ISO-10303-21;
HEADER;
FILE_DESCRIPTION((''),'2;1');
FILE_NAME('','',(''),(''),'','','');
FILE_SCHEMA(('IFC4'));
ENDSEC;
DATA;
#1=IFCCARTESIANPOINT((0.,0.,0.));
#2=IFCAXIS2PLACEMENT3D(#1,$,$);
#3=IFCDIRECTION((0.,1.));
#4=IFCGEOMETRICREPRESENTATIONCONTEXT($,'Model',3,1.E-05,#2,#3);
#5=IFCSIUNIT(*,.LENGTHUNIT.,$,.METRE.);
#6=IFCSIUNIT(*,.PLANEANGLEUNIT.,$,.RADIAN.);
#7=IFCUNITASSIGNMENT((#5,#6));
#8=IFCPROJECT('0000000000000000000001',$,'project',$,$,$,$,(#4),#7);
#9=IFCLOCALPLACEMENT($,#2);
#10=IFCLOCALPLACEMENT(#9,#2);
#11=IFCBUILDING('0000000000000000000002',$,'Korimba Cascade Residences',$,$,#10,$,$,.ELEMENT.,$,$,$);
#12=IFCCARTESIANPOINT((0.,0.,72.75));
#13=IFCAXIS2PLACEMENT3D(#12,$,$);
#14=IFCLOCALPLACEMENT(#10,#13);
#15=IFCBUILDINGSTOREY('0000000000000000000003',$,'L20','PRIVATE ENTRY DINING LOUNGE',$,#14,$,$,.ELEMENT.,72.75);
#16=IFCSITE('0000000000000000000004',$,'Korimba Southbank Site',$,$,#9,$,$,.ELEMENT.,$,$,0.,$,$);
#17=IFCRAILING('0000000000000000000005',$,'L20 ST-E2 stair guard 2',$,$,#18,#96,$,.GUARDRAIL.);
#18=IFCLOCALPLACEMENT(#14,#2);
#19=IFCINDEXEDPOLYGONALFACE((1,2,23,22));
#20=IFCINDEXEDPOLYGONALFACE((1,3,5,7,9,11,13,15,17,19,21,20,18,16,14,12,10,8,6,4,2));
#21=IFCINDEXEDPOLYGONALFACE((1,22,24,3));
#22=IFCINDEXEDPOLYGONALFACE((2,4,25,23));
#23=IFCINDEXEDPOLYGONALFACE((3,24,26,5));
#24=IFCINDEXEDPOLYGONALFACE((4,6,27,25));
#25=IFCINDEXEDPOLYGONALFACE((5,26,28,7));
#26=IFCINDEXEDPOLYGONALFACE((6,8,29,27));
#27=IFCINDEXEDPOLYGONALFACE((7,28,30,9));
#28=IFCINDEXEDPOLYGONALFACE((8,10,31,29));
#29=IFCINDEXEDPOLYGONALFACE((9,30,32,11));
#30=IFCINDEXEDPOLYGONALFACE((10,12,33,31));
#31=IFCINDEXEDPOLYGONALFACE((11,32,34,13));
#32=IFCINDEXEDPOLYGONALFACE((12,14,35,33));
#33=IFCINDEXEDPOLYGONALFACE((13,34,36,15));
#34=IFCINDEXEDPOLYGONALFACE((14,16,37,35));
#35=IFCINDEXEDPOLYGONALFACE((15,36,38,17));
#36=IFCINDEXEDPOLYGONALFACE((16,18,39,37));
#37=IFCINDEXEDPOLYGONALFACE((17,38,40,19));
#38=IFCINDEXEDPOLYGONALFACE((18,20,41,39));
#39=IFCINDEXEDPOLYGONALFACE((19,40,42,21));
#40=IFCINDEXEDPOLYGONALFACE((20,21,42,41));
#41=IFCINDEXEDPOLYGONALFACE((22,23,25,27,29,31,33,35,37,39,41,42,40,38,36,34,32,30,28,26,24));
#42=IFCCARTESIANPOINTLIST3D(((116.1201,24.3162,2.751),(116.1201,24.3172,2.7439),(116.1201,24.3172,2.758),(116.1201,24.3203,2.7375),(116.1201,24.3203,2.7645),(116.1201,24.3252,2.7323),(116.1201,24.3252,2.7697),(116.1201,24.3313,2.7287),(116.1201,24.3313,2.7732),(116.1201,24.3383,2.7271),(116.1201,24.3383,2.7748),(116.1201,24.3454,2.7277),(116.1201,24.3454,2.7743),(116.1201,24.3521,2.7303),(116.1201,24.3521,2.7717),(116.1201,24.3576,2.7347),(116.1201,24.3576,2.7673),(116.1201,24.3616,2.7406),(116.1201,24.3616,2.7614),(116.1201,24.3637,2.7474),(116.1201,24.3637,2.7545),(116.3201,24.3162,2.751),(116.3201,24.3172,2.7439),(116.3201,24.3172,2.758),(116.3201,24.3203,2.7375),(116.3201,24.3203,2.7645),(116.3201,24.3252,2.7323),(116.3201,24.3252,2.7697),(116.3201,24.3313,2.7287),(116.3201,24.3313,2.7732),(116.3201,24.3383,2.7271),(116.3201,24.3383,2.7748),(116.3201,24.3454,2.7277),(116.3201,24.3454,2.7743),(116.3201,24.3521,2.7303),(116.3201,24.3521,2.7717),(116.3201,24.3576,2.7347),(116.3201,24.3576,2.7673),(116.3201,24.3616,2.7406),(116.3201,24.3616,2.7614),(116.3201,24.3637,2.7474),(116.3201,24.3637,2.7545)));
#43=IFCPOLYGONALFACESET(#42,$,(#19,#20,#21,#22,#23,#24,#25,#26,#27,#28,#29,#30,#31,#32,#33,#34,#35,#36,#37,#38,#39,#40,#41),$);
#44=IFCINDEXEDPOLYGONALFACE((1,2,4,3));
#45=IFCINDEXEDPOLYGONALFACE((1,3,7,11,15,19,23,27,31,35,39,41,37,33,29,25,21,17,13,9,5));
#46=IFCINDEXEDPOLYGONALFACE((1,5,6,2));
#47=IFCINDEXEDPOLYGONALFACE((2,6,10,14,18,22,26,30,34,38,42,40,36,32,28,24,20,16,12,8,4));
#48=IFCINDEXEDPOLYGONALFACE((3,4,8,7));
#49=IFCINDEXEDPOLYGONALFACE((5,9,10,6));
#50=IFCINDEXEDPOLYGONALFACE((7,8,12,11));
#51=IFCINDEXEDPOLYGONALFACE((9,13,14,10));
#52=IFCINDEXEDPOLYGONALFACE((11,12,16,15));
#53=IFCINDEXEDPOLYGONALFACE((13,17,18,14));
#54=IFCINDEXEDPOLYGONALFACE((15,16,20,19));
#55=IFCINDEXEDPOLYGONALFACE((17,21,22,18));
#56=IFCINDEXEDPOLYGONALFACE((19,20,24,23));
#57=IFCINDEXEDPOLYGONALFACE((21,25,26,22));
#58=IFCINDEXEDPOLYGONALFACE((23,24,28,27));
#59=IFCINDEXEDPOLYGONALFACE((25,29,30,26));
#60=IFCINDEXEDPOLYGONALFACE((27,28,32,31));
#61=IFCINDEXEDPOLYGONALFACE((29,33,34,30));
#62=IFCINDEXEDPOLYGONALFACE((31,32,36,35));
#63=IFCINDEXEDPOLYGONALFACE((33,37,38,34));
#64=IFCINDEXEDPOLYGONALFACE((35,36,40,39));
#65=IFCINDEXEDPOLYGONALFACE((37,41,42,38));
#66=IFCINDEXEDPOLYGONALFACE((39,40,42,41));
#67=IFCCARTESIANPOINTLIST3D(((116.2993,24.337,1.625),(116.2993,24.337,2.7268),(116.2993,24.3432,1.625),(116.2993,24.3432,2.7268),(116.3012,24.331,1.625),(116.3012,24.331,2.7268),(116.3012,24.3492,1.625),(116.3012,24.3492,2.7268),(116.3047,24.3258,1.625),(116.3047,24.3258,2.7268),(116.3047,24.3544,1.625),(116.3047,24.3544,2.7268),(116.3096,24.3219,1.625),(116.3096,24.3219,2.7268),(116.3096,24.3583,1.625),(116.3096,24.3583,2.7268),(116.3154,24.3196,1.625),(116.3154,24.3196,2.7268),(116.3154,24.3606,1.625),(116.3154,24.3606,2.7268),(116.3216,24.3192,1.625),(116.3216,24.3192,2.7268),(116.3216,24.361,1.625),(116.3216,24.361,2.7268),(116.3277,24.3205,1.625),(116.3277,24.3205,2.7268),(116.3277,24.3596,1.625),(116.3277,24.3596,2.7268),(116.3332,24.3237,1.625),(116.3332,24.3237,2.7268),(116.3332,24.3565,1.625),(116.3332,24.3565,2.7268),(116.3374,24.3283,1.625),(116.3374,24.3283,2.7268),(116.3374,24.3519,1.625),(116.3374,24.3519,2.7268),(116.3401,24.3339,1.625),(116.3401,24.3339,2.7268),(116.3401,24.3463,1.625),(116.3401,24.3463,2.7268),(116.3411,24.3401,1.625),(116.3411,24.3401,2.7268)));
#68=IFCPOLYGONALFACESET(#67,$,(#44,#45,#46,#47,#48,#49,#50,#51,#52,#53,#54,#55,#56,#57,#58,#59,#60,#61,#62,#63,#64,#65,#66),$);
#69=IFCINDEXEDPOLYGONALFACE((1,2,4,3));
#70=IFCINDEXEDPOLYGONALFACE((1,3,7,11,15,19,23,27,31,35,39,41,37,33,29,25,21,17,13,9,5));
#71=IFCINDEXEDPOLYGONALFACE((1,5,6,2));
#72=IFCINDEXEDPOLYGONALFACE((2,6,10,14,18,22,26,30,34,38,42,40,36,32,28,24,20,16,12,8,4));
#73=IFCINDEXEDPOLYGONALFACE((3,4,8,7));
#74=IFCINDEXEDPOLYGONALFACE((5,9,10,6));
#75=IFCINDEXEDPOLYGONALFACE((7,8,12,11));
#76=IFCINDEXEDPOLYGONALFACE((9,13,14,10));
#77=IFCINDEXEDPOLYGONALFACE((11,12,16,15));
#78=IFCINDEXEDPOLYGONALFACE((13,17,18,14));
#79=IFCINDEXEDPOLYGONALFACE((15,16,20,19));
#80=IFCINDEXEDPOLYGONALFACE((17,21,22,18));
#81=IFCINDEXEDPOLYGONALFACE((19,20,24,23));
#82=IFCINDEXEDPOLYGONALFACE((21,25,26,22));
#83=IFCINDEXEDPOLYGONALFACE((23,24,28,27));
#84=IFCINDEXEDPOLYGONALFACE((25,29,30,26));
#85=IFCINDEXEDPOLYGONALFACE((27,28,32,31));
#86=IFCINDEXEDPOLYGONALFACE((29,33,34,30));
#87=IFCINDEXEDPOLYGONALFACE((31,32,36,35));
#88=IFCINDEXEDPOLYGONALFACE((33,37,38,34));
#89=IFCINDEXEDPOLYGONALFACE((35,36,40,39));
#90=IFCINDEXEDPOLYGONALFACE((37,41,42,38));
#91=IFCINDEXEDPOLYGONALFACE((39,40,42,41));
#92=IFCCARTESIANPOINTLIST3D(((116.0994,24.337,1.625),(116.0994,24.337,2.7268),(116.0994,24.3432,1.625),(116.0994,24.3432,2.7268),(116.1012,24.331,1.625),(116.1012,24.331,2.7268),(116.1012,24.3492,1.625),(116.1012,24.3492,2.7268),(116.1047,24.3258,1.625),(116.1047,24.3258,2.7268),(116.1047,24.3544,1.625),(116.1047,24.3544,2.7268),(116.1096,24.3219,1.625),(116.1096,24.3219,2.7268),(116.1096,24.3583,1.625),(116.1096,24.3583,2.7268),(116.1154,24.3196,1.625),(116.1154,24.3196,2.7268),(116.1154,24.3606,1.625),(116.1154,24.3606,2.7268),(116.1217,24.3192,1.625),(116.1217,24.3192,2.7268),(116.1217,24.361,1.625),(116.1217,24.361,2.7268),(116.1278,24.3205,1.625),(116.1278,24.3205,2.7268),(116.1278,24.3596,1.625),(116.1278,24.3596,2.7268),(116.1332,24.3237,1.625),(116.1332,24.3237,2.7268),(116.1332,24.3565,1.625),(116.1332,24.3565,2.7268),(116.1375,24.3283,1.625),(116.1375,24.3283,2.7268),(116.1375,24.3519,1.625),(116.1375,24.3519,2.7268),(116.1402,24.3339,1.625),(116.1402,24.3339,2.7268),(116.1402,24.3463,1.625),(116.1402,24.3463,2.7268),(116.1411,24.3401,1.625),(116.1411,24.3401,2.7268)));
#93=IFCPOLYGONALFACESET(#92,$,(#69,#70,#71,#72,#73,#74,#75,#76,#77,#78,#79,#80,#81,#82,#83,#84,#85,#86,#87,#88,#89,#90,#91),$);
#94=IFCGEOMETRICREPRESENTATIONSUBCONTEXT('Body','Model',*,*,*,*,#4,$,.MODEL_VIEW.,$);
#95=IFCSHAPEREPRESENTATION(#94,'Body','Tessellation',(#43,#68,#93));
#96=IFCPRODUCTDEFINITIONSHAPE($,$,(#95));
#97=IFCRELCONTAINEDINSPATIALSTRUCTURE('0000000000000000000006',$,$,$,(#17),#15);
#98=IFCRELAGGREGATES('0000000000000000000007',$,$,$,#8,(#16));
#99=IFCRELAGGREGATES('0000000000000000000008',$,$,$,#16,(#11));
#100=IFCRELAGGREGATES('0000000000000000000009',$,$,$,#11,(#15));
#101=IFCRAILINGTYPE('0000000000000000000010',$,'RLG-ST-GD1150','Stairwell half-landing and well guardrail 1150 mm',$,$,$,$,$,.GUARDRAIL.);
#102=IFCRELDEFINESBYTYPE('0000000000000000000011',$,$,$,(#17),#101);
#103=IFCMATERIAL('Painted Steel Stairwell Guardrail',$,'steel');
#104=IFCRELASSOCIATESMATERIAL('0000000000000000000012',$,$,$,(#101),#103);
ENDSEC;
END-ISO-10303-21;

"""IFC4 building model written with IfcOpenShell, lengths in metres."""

from ifc_helpers import new_model, si_unit, direction, frame, origin, origin_2d, place, context, subcontext, project, spatial, circle, extrude, material, type_object, element, save


model = new_model("IFC4")

# Units and contexts
model_context = context("Model", 3, precision=1e-05, world=origin(), true_north=direction((0.0, 1.0)))
body_context = subcontext(model_context, "Body", "Model", "MODEL_VIEW")
ifc_project = project(units=[si_unit("LENGTHUNIT", "METRE"), si_unit("PLANEANGLEUNIT", "RADIAN")], contexts=[model_context])

# Site, building, storey
site_placement = place(None, origin())
site = spatial("IfcSite", under=ifc_project, at=site_placement, Name="Korimba Southbank Site", CompositionType="ELEMENT", RefElevation=0.0)
building_placement = place(site_placement, origin())
building = spatial("IfcBuilding", under=site, at=building_placement, Name="Korimba Cascade Residences", CompositionType="ELEMENT")
storey_placement = place(building_placement, frame((0.0, 0.0, 72.75)))
storey = spatial("IfcBuildingStorey", under=building, at=storey_placement, Name="L20", Description="PRIVATE ENTRY DINING LOUNGE", CompositionType="ELEMENT", Elevation=72.75)

# Railing
ifc_material_1 = material(Name="Painted Steel Stairwell Guardrail", Category="steel")
railing_type_1 = type_object("IfcRailingType", Name="RLG-ST-GD1150", Description="Stairwell half-landing and well guardrail 1150 mm", PredefinedType="GUARDRAIL", material=ifc_material_1)
railing_1_placement = place(storey_placement, frame((116.3201, 24.3401, 1.625)))
element("IfcRailing", 1, at=railing_1_placement, inside=storey, type_object=railing_type_1, Name="L20 ST-E2 stair guard 2", PredefinedType="GUARDRAIL", context=body_context, shape_type="SweptSolid", body=[
    extrude(circle(Radius=0.0239, at=origin_2d()), frame((0.0, 0.0, 1.126), z_axis=(-1.0, 0.0, 0.0), x_axis=(0.0, -1.0, 0.0)), (0.0, 0.0, 1.0), 0.2),
    extrude(circle(Radius=0.021, at=origin_2d()), origin(), (0.0, 0.0, 1.0), 1.1018),
    extrude(circle(Radius=0.021, at=origin_2d()), frame((-0.2, 0.0, 0.0)), (0.0, 0.0, 1.0), 1.1018),
])

save(model, "model.ifc")
